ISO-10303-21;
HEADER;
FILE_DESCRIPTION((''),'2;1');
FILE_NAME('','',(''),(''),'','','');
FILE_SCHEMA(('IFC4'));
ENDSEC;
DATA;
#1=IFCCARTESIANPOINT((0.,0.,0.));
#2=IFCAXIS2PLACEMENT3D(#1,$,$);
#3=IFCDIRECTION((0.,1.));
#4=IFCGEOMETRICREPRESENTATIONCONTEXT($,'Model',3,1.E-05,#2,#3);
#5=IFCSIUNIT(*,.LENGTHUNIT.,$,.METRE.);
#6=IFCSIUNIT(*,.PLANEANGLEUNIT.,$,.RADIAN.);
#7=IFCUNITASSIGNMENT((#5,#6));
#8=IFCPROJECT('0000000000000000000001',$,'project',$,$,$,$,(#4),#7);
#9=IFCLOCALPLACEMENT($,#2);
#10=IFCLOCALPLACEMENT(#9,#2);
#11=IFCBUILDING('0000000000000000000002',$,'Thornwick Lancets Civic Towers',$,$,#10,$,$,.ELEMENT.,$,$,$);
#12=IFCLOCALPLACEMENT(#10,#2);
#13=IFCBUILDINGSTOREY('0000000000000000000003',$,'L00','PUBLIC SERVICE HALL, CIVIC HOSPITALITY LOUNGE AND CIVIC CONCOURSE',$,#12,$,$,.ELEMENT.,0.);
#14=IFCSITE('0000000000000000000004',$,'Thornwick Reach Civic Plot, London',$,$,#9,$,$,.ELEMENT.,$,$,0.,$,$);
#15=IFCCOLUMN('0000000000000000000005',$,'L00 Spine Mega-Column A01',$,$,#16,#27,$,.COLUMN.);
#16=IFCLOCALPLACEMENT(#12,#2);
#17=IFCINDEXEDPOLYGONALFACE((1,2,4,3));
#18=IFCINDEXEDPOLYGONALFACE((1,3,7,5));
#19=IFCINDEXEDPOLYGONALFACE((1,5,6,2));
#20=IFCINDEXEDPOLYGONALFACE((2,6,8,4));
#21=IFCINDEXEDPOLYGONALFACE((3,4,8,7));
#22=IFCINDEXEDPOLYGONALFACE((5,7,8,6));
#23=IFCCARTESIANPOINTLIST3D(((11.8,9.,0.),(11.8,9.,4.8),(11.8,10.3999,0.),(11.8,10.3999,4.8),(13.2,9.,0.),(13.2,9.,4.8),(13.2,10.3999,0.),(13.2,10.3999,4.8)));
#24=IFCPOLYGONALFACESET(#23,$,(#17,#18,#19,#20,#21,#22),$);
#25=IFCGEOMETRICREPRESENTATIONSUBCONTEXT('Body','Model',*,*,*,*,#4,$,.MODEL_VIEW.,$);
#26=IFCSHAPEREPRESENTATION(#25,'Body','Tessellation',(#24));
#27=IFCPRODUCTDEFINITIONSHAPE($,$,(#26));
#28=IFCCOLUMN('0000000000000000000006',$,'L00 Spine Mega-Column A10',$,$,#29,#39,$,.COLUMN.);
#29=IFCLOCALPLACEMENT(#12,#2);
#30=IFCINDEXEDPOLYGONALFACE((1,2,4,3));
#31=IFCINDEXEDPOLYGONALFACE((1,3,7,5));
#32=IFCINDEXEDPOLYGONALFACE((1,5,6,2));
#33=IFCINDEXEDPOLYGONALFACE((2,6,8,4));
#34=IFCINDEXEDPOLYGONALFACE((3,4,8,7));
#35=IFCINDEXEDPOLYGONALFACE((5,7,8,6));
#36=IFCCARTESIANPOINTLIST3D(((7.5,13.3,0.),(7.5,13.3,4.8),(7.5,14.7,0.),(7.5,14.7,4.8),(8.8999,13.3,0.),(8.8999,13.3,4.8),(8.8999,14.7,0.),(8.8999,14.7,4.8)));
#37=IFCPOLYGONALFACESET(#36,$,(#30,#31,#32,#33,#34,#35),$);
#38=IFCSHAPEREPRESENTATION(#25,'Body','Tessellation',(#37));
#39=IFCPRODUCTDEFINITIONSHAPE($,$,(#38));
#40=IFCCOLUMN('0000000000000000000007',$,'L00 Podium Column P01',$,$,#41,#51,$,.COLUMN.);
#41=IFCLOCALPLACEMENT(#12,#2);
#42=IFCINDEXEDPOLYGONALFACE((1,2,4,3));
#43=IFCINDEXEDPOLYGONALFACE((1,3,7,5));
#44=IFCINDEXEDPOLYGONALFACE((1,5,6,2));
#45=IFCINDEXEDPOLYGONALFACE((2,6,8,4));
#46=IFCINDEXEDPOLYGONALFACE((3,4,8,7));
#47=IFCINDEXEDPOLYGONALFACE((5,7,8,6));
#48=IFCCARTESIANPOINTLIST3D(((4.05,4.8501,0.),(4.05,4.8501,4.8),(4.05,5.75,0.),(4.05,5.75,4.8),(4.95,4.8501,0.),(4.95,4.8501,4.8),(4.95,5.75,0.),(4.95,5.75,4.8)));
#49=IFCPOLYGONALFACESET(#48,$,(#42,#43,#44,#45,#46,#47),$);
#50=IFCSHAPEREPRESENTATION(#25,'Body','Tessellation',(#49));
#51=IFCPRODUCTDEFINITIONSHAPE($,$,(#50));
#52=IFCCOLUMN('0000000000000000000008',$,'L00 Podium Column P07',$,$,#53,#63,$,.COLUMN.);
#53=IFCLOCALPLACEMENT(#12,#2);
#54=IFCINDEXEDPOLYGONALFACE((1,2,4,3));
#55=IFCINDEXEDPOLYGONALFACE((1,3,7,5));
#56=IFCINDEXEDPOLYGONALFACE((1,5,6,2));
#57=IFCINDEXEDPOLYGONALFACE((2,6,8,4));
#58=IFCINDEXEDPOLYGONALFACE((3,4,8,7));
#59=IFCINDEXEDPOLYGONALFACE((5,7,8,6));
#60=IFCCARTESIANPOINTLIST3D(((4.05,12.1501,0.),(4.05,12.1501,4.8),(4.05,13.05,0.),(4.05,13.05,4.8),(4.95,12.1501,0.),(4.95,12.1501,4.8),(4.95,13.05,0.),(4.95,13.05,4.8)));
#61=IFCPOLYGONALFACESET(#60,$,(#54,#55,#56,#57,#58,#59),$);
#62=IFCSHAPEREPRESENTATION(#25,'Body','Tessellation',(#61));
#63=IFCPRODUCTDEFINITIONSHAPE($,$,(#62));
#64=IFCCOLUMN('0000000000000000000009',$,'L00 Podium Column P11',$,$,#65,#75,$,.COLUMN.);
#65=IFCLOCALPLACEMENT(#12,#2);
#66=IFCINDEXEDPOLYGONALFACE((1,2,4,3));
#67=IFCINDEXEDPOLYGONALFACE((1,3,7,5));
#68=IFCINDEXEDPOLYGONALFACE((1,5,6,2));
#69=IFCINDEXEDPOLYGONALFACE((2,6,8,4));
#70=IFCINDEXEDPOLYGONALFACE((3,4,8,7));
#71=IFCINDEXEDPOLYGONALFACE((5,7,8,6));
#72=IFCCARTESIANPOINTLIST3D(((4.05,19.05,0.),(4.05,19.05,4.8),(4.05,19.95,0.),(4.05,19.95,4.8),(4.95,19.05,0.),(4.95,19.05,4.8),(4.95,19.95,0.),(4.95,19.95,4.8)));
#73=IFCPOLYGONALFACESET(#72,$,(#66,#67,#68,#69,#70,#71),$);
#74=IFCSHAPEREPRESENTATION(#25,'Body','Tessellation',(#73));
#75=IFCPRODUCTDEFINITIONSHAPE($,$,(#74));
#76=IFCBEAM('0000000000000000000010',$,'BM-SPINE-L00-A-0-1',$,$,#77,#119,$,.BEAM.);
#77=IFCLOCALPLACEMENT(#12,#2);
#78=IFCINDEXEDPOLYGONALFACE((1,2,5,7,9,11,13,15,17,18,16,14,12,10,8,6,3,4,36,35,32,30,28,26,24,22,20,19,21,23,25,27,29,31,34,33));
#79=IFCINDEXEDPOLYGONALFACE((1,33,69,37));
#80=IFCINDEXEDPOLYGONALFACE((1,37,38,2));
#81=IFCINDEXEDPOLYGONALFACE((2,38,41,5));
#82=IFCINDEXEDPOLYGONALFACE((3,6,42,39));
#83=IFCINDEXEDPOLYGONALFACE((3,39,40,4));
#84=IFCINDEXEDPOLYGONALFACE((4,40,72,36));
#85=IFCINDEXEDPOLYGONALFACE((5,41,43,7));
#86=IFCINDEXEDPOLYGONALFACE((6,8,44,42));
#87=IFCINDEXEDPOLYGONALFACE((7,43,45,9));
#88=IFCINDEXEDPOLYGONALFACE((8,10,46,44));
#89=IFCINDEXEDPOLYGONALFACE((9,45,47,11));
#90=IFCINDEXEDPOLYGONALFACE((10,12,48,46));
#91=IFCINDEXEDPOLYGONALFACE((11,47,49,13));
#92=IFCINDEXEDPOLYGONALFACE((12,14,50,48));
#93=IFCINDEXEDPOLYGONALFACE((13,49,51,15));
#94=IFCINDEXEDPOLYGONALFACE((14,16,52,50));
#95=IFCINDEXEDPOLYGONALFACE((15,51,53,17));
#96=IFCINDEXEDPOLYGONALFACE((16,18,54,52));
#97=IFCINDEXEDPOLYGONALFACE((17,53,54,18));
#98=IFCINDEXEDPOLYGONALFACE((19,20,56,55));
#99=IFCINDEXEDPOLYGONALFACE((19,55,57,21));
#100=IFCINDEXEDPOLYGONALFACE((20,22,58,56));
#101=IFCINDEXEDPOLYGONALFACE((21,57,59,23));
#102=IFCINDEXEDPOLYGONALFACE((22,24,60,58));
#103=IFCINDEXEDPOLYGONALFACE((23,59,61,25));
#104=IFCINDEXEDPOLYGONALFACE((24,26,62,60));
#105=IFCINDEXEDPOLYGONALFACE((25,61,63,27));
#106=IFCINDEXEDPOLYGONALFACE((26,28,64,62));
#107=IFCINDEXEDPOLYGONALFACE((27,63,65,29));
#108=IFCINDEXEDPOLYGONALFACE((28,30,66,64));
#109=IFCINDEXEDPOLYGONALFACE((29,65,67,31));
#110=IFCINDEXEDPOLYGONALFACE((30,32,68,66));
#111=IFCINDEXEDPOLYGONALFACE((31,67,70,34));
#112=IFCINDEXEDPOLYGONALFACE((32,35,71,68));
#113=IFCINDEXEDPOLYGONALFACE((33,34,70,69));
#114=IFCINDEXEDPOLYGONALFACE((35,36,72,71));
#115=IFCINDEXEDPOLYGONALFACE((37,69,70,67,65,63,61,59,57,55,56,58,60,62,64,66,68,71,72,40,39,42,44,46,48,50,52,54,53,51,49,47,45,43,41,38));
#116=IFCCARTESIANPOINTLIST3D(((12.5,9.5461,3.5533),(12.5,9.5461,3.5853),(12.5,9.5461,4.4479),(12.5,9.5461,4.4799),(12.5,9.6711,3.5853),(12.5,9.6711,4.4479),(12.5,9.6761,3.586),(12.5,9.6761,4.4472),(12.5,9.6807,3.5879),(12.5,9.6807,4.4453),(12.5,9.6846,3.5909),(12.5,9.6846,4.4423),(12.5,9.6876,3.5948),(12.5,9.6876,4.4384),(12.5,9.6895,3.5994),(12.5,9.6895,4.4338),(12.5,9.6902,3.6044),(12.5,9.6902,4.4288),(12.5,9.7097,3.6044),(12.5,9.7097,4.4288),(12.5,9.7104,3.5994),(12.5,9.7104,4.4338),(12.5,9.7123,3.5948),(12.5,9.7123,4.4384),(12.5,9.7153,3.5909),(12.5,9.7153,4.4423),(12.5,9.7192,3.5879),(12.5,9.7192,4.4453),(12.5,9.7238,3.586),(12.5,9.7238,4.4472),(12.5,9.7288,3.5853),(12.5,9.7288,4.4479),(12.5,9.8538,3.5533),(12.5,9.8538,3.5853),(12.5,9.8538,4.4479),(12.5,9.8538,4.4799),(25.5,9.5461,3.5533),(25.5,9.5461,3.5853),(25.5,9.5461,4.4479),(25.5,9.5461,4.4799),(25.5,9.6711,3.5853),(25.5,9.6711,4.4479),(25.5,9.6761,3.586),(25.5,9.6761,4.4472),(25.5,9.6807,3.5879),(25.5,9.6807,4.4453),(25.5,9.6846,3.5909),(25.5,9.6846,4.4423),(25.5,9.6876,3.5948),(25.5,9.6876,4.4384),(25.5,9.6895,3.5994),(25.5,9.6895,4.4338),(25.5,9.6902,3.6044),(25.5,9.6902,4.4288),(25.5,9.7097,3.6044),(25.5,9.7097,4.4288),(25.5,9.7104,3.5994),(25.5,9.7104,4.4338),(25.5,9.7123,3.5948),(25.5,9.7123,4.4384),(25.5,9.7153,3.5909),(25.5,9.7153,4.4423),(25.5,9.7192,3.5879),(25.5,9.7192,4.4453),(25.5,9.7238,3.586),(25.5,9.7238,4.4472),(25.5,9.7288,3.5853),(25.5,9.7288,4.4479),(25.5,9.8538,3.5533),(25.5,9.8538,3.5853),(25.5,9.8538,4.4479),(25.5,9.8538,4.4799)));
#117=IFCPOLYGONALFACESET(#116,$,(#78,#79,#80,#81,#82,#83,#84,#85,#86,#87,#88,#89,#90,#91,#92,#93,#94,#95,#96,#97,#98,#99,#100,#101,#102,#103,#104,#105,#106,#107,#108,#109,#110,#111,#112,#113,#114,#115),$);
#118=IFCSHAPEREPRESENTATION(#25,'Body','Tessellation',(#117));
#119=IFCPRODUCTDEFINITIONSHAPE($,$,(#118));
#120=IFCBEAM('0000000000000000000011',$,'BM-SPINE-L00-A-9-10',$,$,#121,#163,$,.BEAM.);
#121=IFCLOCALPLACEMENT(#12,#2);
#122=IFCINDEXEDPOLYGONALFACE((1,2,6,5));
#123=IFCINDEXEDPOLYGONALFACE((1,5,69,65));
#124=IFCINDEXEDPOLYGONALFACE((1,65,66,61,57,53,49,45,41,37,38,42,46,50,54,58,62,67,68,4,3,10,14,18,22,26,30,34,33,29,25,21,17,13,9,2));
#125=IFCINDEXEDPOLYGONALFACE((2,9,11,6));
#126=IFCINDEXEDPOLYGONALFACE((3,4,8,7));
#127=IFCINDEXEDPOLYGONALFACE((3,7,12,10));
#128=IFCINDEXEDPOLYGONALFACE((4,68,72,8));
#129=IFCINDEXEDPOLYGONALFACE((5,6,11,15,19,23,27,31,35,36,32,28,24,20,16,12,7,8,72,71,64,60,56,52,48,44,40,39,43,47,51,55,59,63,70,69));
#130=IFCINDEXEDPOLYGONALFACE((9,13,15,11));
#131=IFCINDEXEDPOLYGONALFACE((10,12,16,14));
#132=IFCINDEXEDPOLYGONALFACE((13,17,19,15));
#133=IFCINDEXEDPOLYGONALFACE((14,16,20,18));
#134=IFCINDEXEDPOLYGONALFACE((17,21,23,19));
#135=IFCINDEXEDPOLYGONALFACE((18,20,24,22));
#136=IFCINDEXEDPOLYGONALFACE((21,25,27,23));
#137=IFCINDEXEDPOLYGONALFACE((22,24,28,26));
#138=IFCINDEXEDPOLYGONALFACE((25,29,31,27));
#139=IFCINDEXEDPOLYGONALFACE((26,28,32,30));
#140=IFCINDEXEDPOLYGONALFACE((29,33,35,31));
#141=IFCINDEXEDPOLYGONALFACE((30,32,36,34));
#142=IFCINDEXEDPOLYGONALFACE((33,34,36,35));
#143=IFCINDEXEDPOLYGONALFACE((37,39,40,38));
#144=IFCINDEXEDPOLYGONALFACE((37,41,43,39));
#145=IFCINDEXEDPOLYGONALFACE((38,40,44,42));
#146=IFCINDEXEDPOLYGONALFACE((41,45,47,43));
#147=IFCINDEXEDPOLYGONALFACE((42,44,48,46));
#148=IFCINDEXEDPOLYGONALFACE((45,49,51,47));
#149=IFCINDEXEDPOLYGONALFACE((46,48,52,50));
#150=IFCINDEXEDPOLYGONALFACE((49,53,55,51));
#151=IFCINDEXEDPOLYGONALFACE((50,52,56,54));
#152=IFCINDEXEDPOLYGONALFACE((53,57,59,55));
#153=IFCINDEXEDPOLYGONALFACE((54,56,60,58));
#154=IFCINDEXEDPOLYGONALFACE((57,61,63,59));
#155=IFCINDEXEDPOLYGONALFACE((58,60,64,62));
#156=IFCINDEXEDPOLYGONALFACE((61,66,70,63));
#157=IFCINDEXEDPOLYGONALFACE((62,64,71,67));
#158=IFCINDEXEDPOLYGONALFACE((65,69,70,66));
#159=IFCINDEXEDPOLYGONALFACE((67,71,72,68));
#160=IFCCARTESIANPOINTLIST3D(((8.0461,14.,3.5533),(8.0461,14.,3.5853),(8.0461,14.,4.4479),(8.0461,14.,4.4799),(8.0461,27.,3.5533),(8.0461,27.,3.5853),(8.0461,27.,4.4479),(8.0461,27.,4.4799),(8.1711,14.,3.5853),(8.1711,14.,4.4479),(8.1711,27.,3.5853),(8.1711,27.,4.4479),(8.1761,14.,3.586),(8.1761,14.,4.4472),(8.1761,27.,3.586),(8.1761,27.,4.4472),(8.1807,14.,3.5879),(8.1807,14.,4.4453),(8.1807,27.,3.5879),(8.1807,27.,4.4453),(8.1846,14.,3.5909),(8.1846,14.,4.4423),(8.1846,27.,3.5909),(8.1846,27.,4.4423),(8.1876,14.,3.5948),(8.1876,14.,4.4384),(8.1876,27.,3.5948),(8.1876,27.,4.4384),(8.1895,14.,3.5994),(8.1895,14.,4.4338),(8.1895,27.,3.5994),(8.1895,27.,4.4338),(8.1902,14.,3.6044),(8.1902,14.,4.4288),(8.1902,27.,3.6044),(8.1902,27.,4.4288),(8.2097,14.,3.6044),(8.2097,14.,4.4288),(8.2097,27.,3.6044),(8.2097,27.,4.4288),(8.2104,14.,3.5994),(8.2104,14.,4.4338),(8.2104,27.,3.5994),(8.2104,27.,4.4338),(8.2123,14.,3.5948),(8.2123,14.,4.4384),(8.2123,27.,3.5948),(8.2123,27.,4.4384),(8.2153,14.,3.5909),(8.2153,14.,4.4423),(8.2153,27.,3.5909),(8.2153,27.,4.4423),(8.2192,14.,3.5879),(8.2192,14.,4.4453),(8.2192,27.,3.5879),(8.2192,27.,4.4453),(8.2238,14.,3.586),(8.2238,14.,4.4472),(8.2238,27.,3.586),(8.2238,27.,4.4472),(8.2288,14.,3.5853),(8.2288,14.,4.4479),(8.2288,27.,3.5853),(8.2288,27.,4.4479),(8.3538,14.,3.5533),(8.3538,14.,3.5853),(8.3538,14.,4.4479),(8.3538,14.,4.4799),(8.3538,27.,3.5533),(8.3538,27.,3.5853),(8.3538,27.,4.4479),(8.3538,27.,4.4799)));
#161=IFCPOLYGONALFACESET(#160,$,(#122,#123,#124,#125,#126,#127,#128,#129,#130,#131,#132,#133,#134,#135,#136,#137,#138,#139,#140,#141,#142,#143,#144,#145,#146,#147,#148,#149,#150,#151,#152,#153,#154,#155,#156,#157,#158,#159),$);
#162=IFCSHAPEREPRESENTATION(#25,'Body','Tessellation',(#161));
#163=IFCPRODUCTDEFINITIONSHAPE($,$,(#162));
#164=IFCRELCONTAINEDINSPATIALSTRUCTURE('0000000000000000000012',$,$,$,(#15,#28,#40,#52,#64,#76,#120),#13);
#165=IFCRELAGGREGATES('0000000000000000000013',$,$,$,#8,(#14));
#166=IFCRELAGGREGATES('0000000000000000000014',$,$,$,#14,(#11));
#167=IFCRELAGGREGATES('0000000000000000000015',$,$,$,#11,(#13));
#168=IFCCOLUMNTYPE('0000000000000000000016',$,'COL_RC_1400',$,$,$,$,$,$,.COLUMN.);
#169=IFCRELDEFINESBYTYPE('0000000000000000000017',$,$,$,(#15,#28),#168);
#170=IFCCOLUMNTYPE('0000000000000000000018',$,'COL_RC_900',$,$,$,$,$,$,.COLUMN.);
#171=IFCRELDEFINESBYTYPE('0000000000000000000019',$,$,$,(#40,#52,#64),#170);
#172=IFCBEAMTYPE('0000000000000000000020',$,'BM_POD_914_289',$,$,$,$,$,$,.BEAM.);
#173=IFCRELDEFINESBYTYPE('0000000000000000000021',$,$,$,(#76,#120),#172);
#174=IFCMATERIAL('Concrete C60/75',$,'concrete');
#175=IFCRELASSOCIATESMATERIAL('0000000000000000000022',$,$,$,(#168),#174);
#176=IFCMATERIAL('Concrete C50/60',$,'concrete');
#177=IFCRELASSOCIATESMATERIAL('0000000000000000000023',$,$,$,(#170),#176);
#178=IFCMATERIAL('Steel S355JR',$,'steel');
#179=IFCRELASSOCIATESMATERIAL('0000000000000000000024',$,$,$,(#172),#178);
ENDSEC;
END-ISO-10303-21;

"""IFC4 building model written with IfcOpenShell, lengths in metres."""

from ifc_helpers import new_model, si_unit, direction, frame, origin, origin_2d, place, context, subcontext, project, spatial, rectangle, i_section, extrude, material, material_profile, profile_set, type_object, element, save


model = new_model("IFC4")

# Units and contexts
model_context = context("Model", 3, precision=1e-05, world=origin(), true_north=direction((0.0, 1.0)))
body_context = subcontext(model_context, "Body", "Model", "MODEL_VIEW")
ifc_project = project(units=[si_unit("LENGTHUNIT", "METRE"), si_unit("PLANEANGLEUNIT", "RADIAN")], contexts=[model_context])

# Site, building, storey
site_placement = place(None, origin())
site = spatial("IfcSite", under=ifc_project, at=site_placement, Name="Thornwick Reach Civic Plot, London", CompositionType="ELEMENT", RefElevation=0.0)
building_placement = place(site_placement, origin())
building = spatial("IfcBuilding", under=site, at=building_placement, Name="Thornwick Lancets Civic Towers", CompositionType="ELEMENT")
storey_placement = place(building_placement, origin())
storey = spatial("IfcBuildingStorey", under=building, at=storey_placement, Name="L00", Description="PUBLIC SERVICE HALL, CIVIC HOSPITALITY LOUNGE AND CIVIC CONCOURSE", CompositionType="ELEMENT", Elevation=0.0)

# Columns
ifc_material_1 = material(Name="Concrete C60/75", Category="concrete")
ifc_material_profile_1 = material_profile(ifc_material_1, rectangle(XDim=1.3999, YDim=1.3999, at=origin_2d()), Name="RC 1400x1400")
ifc_profile_set_1 = profile_set([ifc_material_profile_1], Name="Concrete C60/75")
column_type_1 = type_object("IfcColumnType", Name="COL_RC_1400", PredefinedType="COLUMN", material=ifc_profile_set_1)
for number, where, z_axis, x_axis, name in (
    (1, (12.5, 9.7, 0.0), (0.0, 0.0, 1.0), (1.0, 0.0, 0.0), "L00 Spine Mega-Column A01"),
    (2, (8.2, 14.0, 0.0), (0.0, 0.0, 1.0), (1.0, 0.0, 0.0), "L00 Spine Mega-Column A10"),
):
    element("IfcColumn", number, at=place(storey_placement, frame(where, z_axis=z_axis, x_axis=x_axis)), inside=storey, type_object=column_type_1, Name=name, PredefinedType="COLUMN", context=body_context, shape_type="SweptSolid", body=[
        extrude(rectangle(XDim=1.3999, YDim=1.3999, at=origin_2d()), origin(), (0.0, 0.0, 1.0), 4.8),
    ])
ifc_material_2 = material(Name="Concrete C50/60", Category="concrete")
ifc_material_profile_2 = material_profile(ifc_material_2, rectangle(XDim=0.8999, YDim=0.8999, at=origin_2d()), Name="RC 900x900")
ifc_profile_set_2 = profile_set([ifc_material_profile_2], Name="Concrete C50/60")
column_type_2 = type_object("IfcColumnType", Name="COL_RC_900", PredefinedType="COLUMN", material=ifc_profile_set_2)
for number, where, z_axis, x_axis, name in (
    (3, (4.5, 5.3, 0.0), (0.0, 0.0, 1.0), (1.0, 0.0, 0.0), "L00 Podium Column P01"),
    (4, (4.5, 12.6001, 0.0), (0.0, 0.0, 1.0), (1.0, 0.0, 0.0), "L00 Podium Column P07"),
    (5, (4.5, 19.5, 0.0), (0.0, 0.0, 1.0), (1.0, 0.0, 0.0), "L00 Podium Column P11"),
):
    element("IfcColumn", number, at=place(storey_placement, frame(where, z_axis=z_axis, x_axis=x_axis)), inside=storey, type_object=column_type_2, Name=name, PredefinedType="COLUMN", context=body_context, shape_type="SweptSolid", body=[
        extrude(rectangle(XDim=0.8999, YDim=0.8999, at=origin_2d()), origin(), (0.0, 0.0, 1.0), 4.8),
    ])

# Beams
ifc_material_3 = material(Name="Steel S355JR", Category="steel")
ifc_material_profile_3 = material_profile(ifc_material_3, i_section(OverallWidth=0.3076, OverallDepth=0.9265, WebThickness=0.0195, FlangeThickness=0.032, FilletRadius=0.019, at=origin_2d()), Name="UKB 914x305x289")
ifc_profile_set_3 = profile_set([ifc_material_profile_3], Name="Steel S355JR")
beam_type = type_object("IfcBeamType", Name="BM_POD_914_289", PredefinedType="BEAM", material=ifc_profile_set_3)
for number, where, z_axis, x_axis, name in (
    (6, (12.5, 9.7, 4.0166), (1.0, 0.0, 0.0), (0.0, 1.0, 0.0), "BM-SPINE-L00-A-0-1"),
    (7, (8.2, 14.0, 4.0166), (0.0, 1.0, 0.0), (-1.0, 0.0, 0.0), "BM-SPINE-L00-A-9-10"),
):
    element("IfcBeam", number, at=place(storey_placement, frame(where, z_axis=z_axis, x_axis=x_axis)), inside=storey, type_object=beam_type, Name=name, PredefinedType="BEAM", context=body_context, shape_type="SweptSolid", body=[
        extrude(i_section(OverallWidth=0.3076, OverallDepth=0.9265, WebThickness=0.0195, FlangeThickness=0.032, FilletRadius=0.019, at=origin_2d()), origin(), (0.0, 0.0, 1.0), 13.0),
    ])

save(model, "model.ifc")
